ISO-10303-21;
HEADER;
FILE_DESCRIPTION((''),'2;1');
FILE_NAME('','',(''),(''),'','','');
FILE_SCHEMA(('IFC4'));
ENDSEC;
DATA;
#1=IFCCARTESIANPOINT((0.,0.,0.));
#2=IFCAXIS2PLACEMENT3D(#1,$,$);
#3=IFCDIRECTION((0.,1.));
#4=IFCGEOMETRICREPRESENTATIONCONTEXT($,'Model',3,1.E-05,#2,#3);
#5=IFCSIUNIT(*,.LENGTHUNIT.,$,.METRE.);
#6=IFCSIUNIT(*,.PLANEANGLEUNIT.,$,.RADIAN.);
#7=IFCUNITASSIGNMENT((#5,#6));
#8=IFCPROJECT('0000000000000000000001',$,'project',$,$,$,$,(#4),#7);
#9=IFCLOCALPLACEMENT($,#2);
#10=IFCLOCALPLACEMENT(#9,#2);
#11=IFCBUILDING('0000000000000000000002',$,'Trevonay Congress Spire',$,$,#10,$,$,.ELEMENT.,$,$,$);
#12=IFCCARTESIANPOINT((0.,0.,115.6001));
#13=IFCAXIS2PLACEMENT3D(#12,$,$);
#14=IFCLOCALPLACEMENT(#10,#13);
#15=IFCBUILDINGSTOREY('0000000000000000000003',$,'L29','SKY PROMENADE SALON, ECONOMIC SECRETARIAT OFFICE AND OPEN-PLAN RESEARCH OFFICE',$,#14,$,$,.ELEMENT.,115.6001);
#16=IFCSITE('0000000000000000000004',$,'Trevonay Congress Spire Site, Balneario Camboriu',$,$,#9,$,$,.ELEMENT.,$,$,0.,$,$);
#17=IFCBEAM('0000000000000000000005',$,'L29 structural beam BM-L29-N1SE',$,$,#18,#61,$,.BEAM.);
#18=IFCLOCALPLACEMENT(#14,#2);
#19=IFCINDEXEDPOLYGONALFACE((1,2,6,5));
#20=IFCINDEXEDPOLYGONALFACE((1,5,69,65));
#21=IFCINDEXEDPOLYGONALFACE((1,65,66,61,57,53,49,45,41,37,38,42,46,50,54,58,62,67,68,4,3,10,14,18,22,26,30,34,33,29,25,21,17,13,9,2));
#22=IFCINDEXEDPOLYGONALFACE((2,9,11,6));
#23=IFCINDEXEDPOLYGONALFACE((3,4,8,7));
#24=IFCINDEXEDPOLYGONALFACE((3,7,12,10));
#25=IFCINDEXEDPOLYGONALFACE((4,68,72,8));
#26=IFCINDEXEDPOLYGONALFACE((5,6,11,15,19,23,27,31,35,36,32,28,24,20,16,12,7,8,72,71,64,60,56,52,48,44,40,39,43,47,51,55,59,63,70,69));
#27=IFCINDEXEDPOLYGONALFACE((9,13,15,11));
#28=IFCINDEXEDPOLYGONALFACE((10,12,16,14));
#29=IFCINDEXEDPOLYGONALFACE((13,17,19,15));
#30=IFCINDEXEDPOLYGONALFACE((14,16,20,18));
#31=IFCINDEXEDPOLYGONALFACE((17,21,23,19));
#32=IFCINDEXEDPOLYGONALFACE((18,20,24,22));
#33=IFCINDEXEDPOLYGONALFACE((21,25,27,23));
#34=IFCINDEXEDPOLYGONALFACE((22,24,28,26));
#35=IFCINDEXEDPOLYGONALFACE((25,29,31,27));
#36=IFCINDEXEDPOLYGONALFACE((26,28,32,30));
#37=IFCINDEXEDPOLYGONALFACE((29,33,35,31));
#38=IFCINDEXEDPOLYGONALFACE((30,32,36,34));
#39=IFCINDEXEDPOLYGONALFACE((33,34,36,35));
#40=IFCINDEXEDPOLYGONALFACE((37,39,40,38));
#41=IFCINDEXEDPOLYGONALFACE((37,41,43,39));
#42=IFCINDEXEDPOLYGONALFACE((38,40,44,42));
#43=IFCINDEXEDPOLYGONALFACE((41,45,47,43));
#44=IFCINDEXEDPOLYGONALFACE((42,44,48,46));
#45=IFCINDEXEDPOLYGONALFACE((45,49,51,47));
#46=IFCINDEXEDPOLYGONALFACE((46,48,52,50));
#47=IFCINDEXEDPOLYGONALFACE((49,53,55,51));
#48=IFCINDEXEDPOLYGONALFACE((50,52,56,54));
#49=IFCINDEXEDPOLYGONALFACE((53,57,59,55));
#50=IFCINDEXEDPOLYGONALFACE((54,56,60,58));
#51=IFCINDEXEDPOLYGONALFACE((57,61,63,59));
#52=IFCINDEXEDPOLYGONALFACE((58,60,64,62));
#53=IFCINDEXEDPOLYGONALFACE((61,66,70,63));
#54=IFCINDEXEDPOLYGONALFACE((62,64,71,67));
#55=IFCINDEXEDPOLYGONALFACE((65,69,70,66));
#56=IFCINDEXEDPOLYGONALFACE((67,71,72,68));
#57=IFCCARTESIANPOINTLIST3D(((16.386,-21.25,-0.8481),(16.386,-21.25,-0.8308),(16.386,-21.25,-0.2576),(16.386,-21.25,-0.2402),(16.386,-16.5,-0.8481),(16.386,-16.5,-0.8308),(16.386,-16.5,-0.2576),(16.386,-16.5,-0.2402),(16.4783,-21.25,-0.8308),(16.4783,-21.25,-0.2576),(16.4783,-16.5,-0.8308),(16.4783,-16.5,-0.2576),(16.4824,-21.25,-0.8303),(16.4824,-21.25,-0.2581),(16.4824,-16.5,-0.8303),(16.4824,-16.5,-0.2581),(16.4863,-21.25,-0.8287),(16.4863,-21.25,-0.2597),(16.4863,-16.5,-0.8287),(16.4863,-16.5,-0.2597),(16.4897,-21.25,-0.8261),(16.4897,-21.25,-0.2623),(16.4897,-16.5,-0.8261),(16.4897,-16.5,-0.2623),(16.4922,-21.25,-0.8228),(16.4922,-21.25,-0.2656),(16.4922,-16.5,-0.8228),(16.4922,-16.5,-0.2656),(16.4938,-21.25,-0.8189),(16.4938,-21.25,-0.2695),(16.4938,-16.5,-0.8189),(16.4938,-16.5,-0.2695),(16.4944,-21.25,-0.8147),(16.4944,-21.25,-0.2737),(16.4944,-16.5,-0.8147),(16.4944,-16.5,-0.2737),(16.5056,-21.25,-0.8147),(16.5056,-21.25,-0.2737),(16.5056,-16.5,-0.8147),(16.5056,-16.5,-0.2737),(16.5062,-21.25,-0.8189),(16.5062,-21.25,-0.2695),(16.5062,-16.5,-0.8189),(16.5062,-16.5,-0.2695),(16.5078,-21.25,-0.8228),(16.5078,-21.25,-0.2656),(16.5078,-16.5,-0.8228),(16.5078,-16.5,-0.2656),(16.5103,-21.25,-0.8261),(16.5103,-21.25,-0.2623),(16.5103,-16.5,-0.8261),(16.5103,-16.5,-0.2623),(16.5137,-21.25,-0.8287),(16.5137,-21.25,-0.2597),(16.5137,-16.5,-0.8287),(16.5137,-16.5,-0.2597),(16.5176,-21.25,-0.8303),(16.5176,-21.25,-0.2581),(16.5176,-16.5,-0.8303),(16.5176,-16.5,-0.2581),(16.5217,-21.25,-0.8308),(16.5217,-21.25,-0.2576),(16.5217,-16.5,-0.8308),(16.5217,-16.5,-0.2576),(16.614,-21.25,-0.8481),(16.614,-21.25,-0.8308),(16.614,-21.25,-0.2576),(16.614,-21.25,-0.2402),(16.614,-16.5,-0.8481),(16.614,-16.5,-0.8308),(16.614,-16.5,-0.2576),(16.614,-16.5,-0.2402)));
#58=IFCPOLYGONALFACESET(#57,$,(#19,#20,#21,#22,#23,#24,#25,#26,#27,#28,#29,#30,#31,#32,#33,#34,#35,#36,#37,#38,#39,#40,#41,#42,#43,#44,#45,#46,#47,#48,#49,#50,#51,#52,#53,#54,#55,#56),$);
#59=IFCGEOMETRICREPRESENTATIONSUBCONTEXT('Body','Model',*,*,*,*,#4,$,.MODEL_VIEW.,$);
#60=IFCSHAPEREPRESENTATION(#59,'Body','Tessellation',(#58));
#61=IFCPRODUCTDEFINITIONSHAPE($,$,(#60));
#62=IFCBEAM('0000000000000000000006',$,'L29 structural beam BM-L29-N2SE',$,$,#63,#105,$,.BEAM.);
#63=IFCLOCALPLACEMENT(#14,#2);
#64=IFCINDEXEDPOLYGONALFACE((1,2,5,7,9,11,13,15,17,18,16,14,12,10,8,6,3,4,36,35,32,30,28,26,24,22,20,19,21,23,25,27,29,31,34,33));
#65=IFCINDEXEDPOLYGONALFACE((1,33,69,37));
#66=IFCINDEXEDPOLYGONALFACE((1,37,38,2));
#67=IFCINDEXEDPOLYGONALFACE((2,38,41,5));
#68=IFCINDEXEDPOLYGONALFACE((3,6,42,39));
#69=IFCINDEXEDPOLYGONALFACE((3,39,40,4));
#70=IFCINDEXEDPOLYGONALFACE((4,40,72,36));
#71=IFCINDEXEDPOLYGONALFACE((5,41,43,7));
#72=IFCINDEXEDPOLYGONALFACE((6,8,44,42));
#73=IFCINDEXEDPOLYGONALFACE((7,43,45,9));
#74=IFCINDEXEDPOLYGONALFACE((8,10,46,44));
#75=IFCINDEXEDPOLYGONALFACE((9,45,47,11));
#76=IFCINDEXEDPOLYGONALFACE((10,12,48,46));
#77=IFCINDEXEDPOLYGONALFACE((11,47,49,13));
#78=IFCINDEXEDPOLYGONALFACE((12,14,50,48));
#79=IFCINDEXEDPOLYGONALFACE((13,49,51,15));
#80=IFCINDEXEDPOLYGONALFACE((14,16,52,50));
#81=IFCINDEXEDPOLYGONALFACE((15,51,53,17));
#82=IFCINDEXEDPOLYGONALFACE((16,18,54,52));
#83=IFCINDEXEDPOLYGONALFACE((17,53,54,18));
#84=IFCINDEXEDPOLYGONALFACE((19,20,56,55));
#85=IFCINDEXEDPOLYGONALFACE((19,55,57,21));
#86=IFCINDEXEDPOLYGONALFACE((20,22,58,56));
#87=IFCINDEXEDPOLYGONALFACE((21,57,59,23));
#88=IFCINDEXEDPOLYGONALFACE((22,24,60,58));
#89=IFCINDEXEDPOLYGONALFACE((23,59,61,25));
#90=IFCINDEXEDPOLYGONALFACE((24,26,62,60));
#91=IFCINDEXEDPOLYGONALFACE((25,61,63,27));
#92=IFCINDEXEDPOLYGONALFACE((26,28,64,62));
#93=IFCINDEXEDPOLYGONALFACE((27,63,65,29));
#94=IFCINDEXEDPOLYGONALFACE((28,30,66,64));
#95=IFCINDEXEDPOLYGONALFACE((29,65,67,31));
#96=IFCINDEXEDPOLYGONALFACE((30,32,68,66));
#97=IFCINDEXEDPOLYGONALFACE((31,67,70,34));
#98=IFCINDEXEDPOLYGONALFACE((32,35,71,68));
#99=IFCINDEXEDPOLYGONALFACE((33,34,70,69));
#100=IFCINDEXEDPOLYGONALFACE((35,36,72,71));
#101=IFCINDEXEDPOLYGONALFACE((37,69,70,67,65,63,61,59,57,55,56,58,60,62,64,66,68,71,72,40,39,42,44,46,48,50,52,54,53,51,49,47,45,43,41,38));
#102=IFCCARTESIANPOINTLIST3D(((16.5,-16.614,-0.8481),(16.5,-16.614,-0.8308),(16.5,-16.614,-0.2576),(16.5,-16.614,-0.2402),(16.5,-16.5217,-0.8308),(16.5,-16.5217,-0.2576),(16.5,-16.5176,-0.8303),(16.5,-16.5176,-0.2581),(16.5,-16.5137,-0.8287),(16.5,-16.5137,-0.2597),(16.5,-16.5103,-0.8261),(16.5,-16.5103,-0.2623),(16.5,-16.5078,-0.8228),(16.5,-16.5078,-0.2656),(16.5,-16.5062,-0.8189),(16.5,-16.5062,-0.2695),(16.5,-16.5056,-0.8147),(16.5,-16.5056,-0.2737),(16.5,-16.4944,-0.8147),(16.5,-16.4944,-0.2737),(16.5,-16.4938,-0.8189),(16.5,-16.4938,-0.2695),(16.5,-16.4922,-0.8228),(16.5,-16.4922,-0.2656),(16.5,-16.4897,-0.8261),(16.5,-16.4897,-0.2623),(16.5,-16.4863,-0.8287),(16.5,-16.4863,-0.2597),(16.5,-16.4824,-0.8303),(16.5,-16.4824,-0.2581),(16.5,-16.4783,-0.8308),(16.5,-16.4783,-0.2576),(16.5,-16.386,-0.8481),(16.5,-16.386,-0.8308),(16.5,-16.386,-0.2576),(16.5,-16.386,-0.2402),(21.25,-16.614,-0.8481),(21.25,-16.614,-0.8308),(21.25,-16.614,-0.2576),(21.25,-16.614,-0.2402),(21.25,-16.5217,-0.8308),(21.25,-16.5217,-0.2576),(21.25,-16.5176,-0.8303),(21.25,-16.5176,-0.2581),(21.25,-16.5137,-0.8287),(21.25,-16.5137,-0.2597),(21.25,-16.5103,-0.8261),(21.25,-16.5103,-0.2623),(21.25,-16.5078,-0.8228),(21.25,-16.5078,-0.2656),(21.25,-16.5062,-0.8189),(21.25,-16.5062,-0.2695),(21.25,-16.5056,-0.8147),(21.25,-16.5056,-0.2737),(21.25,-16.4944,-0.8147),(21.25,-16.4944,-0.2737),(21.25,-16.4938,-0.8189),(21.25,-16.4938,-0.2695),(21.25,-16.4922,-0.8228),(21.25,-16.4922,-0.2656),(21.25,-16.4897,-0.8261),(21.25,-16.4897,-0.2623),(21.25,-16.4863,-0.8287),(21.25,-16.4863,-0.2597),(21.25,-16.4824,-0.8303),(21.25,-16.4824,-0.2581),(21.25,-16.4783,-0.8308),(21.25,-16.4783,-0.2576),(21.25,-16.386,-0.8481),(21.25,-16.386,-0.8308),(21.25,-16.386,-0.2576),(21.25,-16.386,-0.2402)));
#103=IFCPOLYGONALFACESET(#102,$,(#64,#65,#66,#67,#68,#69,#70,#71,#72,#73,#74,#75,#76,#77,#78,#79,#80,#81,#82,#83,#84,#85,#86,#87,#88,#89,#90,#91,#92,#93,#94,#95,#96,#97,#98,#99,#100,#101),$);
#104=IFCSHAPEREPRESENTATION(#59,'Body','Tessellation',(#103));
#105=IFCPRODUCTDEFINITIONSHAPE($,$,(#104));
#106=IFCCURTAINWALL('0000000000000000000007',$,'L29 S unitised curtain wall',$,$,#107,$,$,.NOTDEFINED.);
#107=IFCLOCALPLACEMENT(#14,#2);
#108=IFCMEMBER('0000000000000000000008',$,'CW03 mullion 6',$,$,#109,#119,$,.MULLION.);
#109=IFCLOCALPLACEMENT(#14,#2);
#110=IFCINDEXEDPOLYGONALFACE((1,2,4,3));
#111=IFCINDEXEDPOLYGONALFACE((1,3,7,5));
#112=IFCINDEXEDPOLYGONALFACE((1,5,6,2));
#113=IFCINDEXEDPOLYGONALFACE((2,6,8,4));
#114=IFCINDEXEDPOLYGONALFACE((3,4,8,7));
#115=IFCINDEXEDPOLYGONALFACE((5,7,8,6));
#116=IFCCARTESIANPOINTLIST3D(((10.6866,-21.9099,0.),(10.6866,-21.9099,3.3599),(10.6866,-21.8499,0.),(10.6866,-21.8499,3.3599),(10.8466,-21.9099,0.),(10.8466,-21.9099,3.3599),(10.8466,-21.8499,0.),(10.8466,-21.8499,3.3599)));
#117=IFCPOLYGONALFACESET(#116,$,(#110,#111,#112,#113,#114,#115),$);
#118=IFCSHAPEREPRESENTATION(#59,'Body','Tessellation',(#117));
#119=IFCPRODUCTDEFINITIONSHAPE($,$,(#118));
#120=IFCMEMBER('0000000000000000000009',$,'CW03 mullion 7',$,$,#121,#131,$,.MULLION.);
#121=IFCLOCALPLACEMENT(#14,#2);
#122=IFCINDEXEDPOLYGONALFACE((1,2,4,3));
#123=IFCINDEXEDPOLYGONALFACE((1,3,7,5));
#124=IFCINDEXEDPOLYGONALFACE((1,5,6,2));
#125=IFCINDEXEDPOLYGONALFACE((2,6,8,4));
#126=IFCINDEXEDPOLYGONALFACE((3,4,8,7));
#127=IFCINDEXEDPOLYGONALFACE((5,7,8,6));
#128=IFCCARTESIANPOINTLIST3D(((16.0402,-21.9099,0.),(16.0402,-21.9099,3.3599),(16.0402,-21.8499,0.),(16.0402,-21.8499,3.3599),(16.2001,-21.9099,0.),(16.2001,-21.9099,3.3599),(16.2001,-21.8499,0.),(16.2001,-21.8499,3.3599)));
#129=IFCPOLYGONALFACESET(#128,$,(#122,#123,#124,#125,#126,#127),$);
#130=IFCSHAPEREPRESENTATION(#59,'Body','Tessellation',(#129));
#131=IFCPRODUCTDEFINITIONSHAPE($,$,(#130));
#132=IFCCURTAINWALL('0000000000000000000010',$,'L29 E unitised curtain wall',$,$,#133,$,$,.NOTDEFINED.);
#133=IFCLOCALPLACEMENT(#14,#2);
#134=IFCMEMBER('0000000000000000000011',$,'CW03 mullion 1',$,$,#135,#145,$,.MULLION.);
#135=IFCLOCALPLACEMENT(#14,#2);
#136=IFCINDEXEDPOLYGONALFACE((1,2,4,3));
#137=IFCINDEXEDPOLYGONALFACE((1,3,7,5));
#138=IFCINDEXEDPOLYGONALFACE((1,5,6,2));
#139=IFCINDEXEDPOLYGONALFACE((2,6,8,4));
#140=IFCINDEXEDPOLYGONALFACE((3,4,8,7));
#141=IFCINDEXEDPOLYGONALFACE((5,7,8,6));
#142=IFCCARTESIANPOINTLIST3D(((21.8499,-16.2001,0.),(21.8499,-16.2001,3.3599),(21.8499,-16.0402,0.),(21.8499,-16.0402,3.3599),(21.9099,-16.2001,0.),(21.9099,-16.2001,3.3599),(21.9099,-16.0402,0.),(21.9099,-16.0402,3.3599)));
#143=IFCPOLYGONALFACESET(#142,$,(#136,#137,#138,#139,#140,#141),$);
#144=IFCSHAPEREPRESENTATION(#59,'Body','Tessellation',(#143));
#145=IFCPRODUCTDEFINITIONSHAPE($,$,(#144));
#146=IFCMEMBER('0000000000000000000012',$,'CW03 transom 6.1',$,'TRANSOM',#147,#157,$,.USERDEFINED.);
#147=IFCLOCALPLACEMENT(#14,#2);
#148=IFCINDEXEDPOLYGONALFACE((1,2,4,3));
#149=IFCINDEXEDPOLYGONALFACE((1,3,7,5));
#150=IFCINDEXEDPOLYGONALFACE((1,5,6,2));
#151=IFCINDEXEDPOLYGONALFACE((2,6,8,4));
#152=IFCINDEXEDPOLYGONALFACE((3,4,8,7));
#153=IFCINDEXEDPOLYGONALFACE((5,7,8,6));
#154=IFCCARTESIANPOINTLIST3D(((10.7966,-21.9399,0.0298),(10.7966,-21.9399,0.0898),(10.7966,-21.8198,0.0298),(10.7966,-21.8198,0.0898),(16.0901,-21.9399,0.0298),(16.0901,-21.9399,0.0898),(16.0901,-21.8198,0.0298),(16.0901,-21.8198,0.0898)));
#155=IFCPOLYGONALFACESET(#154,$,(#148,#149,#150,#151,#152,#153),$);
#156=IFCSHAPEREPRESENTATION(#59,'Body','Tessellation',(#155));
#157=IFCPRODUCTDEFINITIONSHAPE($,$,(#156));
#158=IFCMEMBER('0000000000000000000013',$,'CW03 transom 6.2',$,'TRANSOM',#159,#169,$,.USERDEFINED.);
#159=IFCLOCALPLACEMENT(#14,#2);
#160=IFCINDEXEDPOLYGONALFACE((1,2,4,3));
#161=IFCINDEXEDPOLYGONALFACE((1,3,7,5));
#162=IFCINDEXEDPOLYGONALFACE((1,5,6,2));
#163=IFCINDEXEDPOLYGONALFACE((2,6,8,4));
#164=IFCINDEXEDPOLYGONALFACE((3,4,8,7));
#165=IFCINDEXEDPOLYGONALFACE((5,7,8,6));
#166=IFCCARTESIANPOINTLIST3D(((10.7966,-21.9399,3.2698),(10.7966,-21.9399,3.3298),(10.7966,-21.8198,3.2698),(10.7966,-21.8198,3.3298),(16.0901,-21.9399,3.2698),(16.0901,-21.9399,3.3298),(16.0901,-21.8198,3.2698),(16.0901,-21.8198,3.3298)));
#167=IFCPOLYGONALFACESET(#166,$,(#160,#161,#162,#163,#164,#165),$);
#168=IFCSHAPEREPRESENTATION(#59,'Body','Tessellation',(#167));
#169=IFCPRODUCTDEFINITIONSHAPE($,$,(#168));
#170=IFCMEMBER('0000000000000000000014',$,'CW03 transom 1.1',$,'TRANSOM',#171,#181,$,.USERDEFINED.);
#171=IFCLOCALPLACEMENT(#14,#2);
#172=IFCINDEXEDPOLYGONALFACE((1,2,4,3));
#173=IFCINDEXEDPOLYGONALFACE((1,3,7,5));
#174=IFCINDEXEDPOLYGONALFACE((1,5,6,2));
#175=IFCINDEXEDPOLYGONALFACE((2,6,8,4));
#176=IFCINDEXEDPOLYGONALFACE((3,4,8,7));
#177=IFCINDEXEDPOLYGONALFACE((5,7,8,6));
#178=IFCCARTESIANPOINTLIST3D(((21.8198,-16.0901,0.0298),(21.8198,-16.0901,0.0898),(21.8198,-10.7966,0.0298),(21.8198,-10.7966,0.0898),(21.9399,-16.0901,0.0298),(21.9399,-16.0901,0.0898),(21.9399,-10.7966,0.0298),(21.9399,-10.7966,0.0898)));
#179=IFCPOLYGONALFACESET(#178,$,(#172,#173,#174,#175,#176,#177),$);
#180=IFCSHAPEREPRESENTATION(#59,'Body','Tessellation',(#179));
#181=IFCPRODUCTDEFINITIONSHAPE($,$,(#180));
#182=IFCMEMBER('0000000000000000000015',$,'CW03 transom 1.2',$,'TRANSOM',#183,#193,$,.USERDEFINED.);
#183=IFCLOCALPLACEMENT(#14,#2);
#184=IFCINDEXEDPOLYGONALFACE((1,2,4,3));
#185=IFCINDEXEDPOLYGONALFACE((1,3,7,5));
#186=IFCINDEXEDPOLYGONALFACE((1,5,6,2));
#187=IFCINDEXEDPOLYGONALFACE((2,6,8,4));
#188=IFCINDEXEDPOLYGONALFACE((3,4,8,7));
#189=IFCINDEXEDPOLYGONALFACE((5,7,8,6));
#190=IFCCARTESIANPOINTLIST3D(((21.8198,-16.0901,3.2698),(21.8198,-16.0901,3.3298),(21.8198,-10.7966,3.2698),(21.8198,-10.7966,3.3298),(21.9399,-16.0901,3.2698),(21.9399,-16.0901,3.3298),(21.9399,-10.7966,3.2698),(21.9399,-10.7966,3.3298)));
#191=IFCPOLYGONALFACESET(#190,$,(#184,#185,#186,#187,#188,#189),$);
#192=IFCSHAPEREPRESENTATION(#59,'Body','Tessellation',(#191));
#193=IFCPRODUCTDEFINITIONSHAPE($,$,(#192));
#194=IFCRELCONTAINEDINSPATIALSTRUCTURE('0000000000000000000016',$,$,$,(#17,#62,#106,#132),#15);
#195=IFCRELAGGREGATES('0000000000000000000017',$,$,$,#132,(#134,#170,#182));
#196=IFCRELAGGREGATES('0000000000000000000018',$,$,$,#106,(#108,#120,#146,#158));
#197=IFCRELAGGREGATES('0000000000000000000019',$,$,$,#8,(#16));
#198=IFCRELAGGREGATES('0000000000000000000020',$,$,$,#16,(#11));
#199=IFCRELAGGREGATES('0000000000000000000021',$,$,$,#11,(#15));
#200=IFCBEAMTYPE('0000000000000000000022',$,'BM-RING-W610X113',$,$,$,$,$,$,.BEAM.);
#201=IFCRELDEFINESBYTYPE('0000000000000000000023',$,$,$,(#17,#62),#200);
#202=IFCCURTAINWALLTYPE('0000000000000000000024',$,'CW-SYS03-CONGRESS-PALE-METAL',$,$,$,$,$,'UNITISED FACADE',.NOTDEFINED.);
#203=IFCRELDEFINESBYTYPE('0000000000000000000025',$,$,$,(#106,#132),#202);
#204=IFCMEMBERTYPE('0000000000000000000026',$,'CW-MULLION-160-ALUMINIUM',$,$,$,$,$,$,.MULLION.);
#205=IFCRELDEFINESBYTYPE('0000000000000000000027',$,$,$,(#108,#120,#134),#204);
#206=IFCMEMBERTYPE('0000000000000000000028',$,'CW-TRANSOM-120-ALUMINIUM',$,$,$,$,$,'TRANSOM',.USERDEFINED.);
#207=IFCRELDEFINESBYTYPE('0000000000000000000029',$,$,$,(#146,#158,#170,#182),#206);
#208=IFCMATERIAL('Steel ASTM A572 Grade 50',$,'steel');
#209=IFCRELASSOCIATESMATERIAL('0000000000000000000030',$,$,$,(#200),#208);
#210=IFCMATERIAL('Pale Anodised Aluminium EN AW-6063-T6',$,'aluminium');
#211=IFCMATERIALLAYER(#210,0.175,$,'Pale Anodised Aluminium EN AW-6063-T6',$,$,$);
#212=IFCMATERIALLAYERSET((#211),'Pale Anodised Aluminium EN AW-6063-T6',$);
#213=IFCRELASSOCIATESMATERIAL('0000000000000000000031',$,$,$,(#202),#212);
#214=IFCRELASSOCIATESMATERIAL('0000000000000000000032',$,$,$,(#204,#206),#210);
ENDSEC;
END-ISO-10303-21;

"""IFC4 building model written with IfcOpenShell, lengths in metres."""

from ifc_helpers import new_model, si_unit, direction, frame, origin, origin_2d, place, context, subcontext, project, spatial, rectangle, i_section, extrude, material, layer, layer_set, material_profile, profile_set, type_object, element, aggregate, save


model = new_model("IFC4")

# Units and contexts
model_context = context("Model", 3, precision=1e-05, world=origin(), true_north=direction((0.0, 1.0)))
body_context = subcontext(model_context, "Body", "Model", "MODEL_VIEW")
ifc_project = project(units=[si_unit("LENGTHUNIT", "METRE"), si_unit("PLANEANGLEUNIT", "RADIAN")], contexts=[model_context])

# Site, building, storey
site_placement = place(None, origin())
site = spatial("IfcSite", under=ifc_project, at=site_placement, Name="Trevonay Congress Spire Site, Balneario Camboriu", CompositionType="ELEMENT", RefElevation=0.0)
building_placement = place(site_placement, origin())
building = spatial("IfcBuilding", under=site, at=building_placement, Name="Trevonay Congress Spire", CompositionType="ELEMENT")
storey_placement = place(building_placement, frame((0.0, 0.0, 115.6001)))
storey = spatial("IfcBuildingStorey", under=building, at=storey_placement, Name="L29", Description="SKY PROMENADE SALON, ECONOMIC SECRETARIAT OFFICE AND OPEN-PLAN RESEARCH OFFICE", CompositionType="ELEMENT", Elevation=115.6001)

# Shared definitions
ifc_material_1 = material(Name="Steel ASTM A572 Grade 50", Category="steel")

# Beams
ifc_material_profile_1 = material_profile(ifc_material_1, i_section(OverallWidth=0.228, OverallDepth=0.6079, WebThickness=0.0112, FlangeThickness=0.0173, FilletRadius=0.0161, at=origin_2d()), Name="W610x113")
ifc_profile_set_1 = profile_set([ifc_material_profile_1], Name="Steel ASTM A572 Grade 50")
beam_type = type_object("IfcBeamType", Name="BM-RING-W610X113", PredefinedType="BEAM", material=ifc_profile_set_1)
for number, where, z_axis, x_axis, name in (
    (1, (16.5, -21.25, -0.5442), (0.0, 1.0, 0.0), (-1.0, 0.0, 0.0), "L29 structural beam BM-L29-N1SE"),
    (2, (21.25, -16.5, -0.5442), (-1.0, 0.0, 0.0), (0.0, -1.0, 0.0), "L29 structural beam BM-L29-N2SE"),
):
    element("IfcBeam", number, at=place(storey_placement, frame(where, z_axis=z_axis, x_axis=x_axis)), inside=storey, type_object=beam_type, Name=name, PredefinedType="BEAM", context=body_context, shape_type="SweptSolid", body=[
        extrude(i_section(OverallWidth=0.228, OverallDepth=0.6079, WebThickness=0.0112, FlangeThickness=0.0173, FilletRadius=0.0161, at=origin_2d()), origin(), (0.0, 0.0, 1.0), 4.75),
    ])

# Curtain wall, members
ifc_material_2 = material(Name="Pale Anodised Aluminium EN AW-6063-T6", Category="aluminium")
ifc_layer_1 = layer(ifc_material_2, 0.175, Name="Pale Anodised Aluminium EN AW-6063-T6")
ifc_layer_set_1 = layer_set([ifc_layer_1], Name="Pale Anodised Aluminium EN AW-6063-T6")
curtain_wall_type = type_object("IfcCurtainWallType", Name="CW-SYS03-CONGRESS-PALE-METAL", ElementType="UNITISED FACADE", PredefinedType="NOTDEFINED", material=ifc_layer_set_1)
curtain_wall_1_placement = place(storey_placement, origin())
curtain_wall_1 = element("IfcCurtainWall", 3, at=curtain_wall_1_placement, inside=storey, type_object=curtain_wall_type, Name="L29 S unitised curtain wall", PredefinedType="NOTDEFINED")
ifc_material_profile_2 = material_profile(ifc_material_2, rectangle(XDim=0.0601, YDim=0.1599, at=origin_2d()), Name="CW-MULLION-160-ALUMINIUM")
ifc_profile_set_2 = profile_set([ifc_material_profile_2], Name="Pale Anodised Aluminium EN AW-6063-T6")
member_type_1 = type_object("IfcMemberType", Name="CW-MULLION-160-ALUMINIUM", PredefinedType="MULLION", material=ifc_profile_set_2)
member_1_placement = place(storey_placement, frame((10.7666, -21.8799, 0.0), z_axis=(0.0, 0.0, 1.0), x_axis=(0.0, 1.0, 0.0)))
member_1 = element("IfcMember", 4, at=member_1_placement, type_object=member_type_1, Name="CW03 mullion 6", PredefinedType="MULLION", context=body_context, shape_type="SweptSolid", body=[
    extrude(rectangle(XDim=0.0601, YDim=0.1599, at=origin_2d()), origin(), (0.0, 0.0, 1.0), 3.3599),
])
member_2_placement = place(storey_placement, frame((16.1201, -21.8799, 0.0), z_axis=(0.0, 0.0, 1.0), x_axis=(0.0, 1.0, 0.0)))
member_2 = element("IfcMember", 5, at=member_2_placement, type_object=member_type_1, Name="CW03 mullion 7", PredefinedType="MULLION", context=body_context, shape_type="SweptSolid", body=[
    extrude(rectangle(XDim=0.0601, YDim=0.1599, at=origin_2d()), origin(), (0.0, 0.0, 1.0), 3.3599),
])

# Curtain wall, member
curtain_wall_2_placement = place(storey_placement, origin())
curtain_wall_2 = element("IfcCurtainWall", 6, at=curtain_wall_2_placement, inside=storey, type_object=curtain_wall_type, Name="L29 E unitised curtain wall", PredefinedType="NOTDEFINED")
member_3_placement = place(storey_placement, frame((21.8799, -16.1201, 0.0), z_axis=(0.0, 0.0, 1.0), x_axis=(-1.0, 0.0, 0.0)))
member_3 = element("IfcMember", 7, at=member_3_placement, type_object=member_type_1, Name="CW03 mullion 1", PredefinedType="MULLION", context=body_context, shape_type="SweptSolid", body=[
    extrude(rectangle(XDim=0.0601, YDim=0.1599, at=origin_2d()), origin(), (0.0, 0.0, 1.0), 3.3599),
])

# Members
ifc_material_profile_3 = material_profile(ifc_material_2, rectangle(XDim=0.1201, YDim=0.0601, at=origin_2d()), Name="CW-TRANSOM-120-ALUMINIUM")
ifc_profile_set_3 = profile_set([ifc_material_profile_3], Name="Pale Anodised Aluminium EN AW-6063-T6")
member_type_2 = type_object("IfcMemberType", Name="CW-TRANSOM-120-ALUMINIUM", ElementType="TRANSOM", PredefinedType="USERDEFINED", material=ifc_profile_set_3)
member_4_placement = place(storey_placement, frame((10.7966, -21.8799, 0.0598), z_axis=(1.0, 0.0, 0.0), x_axis=(0.0, 1.0, 0.0)))
member_4 = element("IfcMember", 8, at=member_4_placement, type_object=member_type_2, Name="CW03 transom 6.1", ObjectType="TRANSOM", PredefinedType="USERDEFINED", context=body_context, shape_type="SweptSolid", body=[
    extrude(rectangle(XDim=0.1201, YDim=0.0601, at=origin_2d()), origin(), (0.0, 0.0, 1.0), 5.2935),
])
member_5_placement = place(storey_placement, frame((10.7966, -21.8799, 3.2998), z_axis=(1.0, 0.0, 0.0), x_axis=(0.0, 1.0, 0.0)))
member_5 = element("IfcMember", 9, at=member_5_placement, type_object=member_type_2, Name="CW03 transom 6.2", ObjectType="TRANSOM", PredefinedType="USERDEFINED", context=body_context, shape_type="SweptSolid", body=[
    extrude(rectangle(XDim=0.1201, YDim=0.0601, at=origin_2d()), origin(), (0.0, 0.0, 1.0), 5.2935),
])
member_6_placement = place(storey_placement, frame((21.8799, -16.0901, 0.0598), z_axis=(0.0, 1.0, 0.0), x_axis=(-1.0, 0.0, 0.0)))
member_6 = element("IfcMember", 10, at=member_6_placement, type_object=member_type_2, Name="CW03 transom 1.1", ObjectType="TRANSOM", PredefinedType="USERDEFINED", context=body_context, shape_type="SweptSolid", body=[
    extrude(rectangle(XDim=0.1201, YDim=0.0601, at=origin_2d()), origin(), (0.0, 0.0, 1.0), 5.2935),
])
member_7_placement = place(storey_placement, frame((21.8799, -16.0901, 3.2998), z_axis=(0.0, 1.0, 0.0), x_axis=(-1.0, 0.0, 0.0)))
member_7 = element("IfcMember", 11, at=member_7_placement, type_object=member_type_2, Name="CW03 transom 1.2", ObjectType="TRANSOM", PredefinedType="USERDEFINED", context=body_context, shape_type="SweptSolid", body=[
    extrude(rectangle(XDim=0.1201, YDim=0.0601, at=origin_2d()), origin(), (0.0, 0.0, 1.0), 5.2935),
])
aggregate(curtain_wall_2, [member_3, member_6, member_7])

aggregate(curtain_wall_1, [member_1, member_2, member_4, member_5])

save(model, "model.ifc")
